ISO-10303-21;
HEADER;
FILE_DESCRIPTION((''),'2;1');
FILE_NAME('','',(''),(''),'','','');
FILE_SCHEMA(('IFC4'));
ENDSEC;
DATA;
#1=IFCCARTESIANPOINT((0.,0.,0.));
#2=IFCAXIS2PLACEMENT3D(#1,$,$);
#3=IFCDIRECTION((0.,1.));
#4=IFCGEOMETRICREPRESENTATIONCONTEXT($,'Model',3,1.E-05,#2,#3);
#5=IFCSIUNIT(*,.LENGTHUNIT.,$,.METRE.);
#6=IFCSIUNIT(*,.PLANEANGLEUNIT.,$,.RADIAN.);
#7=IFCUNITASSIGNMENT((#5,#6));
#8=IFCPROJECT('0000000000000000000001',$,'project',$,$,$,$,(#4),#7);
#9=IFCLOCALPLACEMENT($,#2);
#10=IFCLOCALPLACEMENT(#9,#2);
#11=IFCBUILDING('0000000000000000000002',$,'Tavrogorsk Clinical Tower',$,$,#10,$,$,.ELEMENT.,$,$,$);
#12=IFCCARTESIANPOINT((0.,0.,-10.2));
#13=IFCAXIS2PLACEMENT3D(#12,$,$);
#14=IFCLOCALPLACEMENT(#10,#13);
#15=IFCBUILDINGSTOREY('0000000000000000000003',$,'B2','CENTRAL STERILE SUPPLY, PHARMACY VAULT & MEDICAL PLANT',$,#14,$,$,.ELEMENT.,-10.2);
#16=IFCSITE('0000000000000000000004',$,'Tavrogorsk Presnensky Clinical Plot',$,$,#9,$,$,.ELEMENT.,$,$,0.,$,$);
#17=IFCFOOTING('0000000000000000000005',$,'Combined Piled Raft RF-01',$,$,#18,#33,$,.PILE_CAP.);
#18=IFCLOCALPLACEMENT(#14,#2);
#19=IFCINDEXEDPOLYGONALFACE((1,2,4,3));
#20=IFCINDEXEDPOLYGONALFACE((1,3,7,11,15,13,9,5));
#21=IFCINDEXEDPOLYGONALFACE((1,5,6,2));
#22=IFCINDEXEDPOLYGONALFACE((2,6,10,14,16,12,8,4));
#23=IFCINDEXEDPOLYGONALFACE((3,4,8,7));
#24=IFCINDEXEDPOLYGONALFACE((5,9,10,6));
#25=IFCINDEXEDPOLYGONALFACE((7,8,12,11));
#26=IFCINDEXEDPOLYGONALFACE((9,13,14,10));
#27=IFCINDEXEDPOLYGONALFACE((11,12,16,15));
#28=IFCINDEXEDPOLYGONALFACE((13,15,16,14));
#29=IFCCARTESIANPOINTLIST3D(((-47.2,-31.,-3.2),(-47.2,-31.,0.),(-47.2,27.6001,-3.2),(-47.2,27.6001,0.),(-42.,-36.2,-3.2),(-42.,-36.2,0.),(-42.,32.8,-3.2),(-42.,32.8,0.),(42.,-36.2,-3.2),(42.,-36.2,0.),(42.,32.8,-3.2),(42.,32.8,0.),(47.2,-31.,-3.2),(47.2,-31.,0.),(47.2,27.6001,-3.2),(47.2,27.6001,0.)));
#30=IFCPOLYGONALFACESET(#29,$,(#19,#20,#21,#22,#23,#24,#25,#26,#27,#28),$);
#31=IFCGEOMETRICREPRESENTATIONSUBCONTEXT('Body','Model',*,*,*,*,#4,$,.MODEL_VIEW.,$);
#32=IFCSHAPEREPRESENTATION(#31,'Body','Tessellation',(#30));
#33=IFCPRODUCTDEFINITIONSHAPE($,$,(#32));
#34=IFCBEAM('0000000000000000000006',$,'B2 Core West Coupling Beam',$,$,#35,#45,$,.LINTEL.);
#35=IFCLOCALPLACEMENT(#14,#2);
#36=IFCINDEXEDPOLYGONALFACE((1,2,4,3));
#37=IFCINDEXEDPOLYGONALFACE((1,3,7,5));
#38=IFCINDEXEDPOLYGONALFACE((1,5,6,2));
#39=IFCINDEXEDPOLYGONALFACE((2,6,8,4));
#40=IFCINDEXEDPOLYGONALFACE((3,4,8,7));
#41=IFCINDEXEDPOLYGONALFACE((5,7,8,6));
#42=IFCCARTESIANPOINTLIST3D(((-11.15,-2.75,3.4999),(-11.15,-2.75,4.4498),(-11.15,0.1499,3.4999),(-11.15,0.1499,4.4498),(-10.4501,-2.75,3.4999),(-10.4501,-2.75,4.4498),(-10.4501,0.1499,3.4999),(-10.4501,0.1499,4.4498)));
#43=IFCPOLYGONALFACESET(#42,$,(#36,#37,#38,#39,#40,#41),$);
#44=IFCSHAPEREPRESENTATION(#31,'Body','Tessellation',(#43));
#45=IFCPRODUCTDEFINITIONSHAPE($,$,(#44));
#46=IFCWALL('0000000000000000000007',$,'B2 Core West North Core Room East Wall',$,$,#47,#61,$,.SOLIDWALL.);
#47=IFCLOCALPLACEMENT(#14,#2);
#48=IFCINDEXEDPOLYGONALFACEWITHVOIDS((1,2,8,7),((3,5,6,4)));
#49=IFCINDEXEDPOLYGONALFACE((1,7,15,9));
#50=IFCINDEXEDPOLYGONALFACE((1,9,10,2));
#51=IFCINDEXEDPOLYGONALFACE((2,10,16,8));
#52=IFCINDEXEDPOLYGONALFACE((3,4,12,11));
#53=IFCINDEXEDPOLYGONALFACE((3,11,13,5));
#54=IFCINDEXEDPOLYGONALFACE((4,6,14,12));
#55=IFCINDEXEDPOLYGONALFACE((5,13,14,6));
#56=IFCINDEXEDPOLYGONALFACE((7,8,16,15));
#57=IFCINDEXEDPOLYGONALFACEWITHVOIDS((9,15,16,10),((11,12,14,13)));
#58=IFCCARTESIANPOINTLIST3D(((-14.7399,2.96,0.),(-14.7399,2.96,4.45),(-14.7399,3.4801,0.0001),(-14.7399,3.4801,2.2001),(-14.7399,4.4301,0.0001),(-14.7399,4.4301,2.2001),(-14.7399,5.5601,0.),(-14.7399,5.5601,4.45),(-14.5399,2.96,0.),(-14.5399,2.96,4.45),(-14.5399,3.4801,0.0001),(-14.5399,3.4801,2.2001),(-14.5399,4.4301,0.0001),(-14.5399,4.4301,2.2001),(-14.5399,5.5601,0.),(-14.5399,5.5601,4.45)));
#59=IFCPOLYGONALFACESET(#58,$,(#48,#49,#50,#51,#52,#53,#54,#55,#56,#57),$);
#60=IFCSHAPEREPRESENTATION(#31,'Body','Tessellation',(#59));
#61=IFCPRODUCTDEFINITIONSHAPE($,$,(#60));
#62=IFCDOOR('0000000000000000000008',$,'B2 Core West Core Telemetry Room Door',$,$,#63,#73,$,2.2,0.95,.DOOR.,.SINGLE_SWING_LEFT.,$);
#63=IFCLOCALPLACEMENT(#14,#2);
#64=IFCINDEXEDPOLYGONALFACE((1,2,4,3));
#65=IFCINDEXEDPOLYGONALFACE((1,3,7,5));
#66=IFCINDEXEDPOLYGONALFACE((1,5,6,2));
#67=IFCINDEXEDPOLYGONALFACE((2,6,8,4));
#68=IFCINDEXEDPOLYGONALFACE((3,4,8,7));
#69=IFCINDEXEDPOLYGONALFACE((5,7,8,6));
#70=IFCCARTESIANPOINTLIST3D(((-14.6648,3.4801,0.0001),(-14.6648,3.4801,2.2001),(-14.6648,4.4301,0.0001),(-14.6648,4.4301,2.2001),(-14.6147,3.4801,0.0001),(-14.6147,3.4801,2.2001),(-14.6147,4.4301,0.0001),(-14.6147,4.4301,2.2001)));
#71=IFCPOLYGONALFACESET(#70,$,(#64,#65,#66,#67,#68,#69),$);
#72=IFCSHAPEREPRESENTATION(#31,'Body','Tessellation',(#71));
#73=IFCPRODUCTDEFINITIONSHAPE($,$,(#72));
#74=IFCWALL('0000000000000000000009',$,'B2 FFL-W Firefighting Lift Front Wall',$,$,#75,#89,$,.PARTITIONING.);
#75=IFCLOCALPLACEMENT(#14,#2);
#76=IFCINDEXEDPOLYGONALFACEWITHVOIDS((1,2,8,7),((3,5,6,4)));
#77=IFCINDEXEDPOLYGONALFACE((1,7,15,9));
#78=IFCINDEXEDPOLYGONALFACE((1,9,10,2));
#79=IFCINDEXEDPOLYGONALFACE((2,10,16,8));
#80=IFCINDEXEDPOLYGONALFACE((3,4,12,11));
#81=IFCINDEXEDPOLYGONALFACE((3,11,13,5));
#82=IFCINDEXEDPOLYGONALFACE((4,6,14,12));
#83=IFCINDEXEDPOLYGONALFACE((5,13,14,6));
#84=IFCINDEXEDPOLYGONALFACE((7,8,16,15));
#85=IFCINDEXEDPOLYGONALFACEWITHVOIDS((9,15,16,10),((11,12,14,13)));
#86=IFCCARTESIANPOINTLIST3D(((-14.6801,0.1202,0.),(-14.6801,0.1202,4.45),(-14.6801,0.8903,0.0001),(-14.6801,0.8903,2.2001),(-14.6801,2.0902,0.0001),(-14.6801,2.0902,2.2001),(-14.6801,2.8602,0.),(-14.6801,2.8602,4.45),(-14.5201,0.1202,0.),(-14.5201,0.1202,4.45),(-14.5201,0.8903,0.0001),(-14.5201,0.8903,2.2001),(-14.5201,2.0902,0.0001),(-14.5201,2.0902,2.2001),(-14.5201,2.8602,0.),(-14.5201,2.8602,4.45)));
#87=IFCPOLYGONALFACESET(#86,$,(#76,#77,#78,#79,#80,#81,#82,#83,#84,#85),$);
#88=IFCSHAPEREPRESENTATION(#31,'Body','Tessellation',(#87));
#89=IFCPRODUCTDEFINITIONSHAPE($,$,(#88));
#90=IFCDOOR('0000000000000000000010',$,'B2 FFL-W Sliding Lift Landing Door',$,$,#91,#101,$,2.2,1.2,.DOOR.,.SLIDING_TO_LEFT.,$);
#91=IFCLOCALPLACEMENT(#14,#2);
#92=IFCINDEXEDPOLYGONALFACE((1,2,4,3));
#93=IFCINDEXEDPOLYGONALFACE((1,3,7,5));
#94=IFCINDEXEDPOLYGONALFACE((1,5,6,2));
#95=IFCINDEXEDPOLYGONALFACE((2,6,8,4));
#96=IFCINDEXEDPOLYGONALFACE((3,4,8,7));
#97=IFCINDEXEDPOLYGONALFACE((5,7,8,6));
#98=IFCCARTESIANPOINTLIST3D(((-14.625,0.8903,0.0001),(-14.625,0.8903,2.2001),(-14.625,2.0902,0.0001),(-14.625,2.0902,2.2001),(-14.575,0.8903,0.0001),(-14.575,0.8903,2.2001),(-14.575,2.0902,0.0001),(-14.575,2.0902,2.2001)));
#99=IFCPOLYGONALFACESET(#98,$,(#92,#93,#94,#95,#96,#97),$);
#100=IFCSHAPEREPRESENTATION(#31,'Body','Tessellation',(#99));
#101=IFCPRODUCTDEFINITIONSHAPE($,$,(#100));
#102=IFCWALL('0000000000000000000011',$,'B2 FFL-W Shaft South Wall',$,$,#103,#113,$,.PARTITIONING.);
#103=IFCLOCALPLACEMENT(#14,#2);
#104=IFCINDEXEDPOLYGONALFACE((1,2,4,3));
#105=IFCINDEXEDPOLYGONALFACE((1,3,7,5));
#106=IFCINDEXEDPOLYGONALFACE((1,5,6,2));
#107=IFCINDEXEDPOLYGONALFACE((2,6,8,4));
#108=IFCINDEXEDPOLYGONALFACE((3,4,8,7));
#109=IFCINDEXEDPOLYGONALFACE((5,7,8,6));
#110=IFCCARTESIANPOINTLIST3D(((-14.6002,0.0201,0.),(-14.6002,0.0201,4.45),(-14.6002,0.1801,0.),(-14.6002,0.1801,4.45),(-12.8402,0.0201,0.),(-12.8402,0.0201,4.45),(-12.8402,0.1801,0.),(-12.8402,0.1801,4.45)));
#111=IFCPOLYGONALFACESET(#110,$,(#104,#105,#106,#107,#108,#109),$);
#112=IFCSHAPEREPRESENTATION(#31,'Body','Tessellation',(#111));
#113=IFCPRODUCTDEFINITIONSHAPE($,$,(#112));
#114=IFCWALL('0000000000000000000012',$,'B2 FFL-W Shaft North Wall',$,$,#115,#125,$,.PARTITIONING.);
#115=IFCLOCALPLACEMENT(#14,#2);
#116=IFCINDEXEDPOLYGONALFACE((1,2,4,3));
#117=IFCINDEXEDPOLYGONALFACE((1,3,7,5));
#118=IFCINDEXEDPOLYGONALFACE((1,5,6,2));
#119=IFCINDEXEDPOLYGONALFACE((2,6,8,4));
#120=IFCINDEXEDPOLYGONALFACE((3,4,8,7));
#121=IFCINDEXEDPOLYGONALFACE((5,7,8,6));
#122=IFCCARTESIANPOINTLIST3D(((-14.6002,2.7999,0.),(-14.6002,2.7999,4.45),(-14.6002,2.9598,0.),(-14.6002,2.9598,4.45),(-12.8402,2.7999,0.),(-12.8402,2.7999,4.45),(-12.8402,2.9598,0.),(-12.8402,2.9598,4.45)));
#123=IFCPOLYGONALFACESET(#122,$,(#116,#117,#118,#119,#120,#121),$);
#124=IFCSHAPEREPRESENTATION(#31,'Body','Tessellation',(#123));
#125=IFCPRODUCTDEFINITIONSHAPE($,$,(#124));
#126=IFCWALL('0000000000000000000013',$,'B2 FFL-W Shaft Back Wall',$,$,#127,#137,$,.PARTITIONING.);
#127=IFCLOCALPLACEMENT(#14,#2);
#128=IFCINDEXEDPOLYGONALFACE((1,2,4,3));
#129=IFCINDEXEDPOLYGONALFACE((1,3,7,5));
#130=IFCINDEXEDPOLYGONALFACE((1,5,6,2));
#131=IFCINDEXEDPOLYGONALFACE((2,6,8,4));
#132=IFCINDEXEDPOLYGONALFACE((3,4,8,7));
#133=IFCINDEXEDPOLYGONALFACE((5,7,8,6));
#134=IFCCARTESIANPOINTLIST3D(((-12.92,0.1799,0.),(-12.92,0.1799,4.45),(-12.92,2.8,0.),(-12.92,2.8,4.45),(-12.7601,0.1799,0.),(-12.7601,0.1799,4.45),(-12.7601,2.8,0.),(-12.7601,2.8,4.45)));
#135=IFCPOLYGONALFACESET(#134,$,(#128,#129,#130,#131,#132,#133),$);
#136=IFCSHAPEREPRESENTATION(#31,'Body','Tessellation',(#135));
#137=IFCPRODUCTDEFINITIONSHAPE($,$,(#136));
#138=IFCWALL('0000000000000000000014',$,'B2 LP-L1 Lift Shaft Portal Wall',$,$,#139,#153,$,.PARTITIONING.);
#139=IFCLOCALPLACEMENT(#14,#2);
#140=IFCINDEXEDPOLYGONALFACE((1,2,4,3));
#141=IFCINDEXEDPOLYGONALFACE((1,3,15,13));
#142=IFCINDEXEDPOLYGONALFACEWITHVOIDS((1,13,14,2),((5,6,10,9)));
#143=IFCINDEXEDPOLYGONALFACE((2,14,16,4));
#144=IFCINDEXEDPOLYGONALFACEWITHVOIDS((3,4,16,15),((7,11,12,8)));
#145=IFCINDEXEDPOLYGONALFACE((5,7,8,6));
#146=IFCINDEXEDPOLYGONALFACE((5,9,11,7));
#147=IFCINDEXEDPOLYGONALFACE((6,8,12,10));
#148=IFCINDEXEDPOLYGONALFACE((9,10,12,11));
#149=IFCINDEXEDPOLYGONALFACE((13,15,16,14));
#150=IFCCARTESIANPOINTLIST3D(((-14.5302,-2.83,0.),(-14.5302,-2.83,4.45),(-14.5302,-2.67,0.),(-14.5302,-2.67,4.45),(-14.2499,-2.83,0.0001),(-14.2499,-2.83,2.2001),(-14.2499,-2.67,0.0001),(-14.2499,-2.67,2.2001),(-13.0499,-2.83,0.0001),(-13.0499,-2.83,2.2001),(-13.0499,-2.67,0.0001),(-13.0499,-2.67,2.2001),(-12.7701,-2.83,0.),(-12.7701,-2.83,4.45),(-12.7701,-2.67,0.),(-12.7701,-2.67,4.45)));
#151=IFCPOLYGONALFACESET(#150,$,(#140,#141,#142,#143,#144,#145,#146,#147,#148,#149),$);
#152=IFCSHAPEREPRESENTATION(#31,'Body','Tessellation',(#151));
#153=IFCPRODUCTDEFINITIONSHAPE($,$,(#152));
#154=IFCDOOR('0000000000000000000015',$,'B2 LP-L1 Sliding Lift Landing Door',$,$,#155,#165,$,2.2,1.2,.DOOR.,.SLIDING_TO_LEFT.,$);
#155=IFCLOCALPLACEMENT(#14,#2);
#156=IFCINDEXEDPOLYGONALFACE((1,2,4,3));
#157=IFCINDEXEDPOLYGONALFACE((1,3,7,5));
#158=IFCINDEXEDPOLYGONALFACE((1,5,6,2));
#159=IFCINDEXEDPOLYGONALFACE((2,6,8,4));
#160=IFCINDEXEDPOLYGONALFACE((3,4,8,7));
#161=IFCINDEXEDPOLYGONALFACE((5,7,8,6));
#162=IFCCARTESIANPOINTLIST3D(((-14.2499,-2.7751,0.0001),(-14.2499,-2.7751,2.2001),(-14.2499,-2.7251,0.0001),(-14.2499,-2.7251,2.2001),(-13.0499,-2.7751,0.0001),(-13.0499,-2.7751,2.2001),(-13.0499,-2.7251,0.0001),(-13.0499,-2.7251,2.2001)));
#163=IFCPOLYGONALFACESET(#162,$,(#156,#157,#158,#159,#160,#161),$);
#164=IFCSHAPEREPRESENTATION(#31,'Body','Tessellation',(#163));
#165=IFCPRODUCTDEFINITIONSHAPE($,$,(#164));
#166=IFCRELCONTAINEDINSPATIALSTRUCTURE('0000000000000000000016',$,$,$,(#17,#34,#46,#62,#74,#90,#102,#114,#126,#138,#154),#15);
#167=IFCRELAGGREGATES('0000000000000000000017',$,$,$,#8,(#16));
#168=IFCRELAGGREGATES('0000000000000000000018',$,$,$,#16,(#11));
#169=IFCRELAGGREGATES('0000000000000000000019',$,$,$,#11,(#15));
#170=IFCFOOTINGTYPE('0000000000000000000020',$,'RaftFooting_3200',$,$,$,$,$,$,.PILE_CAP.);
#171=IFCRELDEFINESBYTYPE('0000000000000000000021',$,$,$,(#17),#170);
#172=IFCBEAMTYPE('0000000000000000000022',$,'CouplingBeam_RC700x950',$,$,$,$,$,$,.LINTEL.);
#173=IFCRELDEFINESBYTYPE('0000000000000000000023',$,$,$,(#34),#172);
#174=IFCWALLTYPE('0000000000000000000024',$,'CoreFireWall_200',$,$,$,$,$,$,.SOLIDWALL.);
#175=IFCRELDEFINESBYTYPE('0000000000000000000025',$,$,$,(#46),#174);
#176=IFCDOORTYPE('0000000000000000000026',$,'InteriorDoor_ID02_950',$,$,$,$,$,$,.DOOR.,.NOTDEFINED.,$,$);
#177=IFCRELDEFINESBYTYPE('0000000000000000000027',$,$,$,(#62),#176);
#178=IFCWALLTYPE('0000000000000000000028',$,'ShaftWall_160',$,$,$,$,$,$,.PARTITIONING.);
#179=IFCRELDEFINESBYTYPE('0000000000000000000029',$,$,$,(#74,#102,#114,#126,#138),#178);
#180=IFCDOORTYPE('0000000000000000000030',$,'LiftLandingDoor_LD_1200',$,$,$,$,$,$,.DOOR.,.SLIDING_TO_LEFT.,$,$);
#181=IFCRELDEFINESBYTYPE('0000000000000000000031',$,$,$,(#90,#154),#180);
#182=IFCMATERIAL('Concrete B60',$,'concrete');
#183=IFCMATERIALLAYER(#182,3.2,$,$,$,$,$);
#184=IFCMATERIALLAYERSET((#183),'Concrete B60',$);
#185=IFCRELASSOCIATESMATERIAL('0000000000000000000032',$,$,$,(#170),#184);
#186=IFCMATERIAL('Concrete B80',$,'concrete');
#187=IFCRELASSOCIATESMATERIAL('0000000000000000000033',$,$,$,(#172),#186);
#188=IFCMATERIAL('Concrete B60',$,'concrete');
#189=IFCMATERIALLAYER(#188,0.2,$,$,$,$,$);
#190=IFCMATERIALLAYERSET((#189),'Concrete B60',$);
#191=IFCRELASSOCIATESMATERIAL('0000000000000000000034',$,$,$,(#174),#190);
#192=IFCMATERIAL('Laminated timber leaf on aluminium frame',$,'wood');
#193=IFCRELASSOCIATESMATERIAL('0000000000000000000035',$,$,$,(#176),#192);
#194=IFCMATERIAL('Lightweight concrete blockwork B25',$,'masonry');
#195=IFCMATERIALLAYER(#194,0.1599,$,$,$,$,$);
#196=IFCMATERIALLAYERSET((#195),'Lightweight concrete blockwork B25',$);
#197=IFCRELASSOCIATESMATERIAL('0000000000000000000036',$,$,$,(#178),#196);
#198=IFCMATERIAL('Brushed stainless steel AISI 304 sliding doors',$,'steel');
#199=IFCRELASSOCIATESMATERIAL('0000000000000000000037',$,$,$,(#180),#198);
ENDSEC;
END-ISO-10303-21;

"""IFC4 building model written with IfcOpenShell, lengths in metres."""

from ifc_helpers import new_model, si_unit, direction, frame, frame_2d, origin, origin_2d, place, context, subcontext, project, spatial, polyline, rectangle, outline, extrude, material, layer, layer_set, material_profile, profile_set, type_object, element, fill, save


model = new_model("IFC4")

# Units and contexts
model_context = context("Model", 3, precision=1e-05, world=origin(), true_north=direction((0.0, 1.0)))
body_context = subcontext(model_context, "Body", "Model", "MODEL_VIEW")
ifc_project = project(units=[si_unit("LENGTHUNIT", "METRE"), si_unit("PLANEANGLEUNIT", "RADIAN")], contexts=[model_context])

# Site, building, storey
site_placement = place(None, origin())
site = spatial("IfcSite", under=ifc_project, at=site_placement, Name="Tavrogorsk Presnensky Clinical Plot", CompositionType="ELEMENT", RefElevation=0.0)
building_placement = place(site_placement, origin())
building = spatial("IfcBuilding", under=site, at=building_placement, Name="Tavrogorsk Clinical Tower", CompositionType="ELEMENT")
storey_placement = place(building_placement, frame((0.0, 0.0, -10.2)))
storey = spatial("IfcBuildingStorey", under=building, at=storey_placement, Name="B2", Description="CENTRAL STERILE SUPPLY, PHARMACY VAULT & MEDICAL PLANT", CompositionType="ELEMENT", Elevation=-10.2)

# Footing
ifc_material_1 = material(Name="Concrete B60", Category="concrete")
ifc_layer_1 = layer(ifc_material_1, 3.2)
ifc_layer_set_1 = layer_set([ifc_layer_1], Name="Concrete B60")
footing_type = type_object("IfcFootingType", Name="RaftFooting_3200", PredefinedType="PILE_CAP", material=ifc_layer_set_1)
footing_placement = place(storey_placement, frame((0.0, 0.0, -3.2)))
element("IfcFooting", 1, at=footing_placement, inside=storey, type_object=footing_type, Name="Combined Piled Raft RF-01", PredefinedType="PILE_CAP", context=body_context, shape_type="SweptSolid", body=[
    extrude(outline(polyline([(-42.0, -36.2), (42.0, -36.2), (47.2, -31.0), (47.2, 27.6001), (42.0, 32.8), (-42.0, 32.8), (-47.2, 27.6001), (-47.2, -31.0), (-42.0, -36.2)])), origin(), (0.0, 0.0, 1.0), 3.2),
])

# Beam
ifc_material_2 = material(Name="Concrete B80", Category="concrete")
ifc_material_profile = material_profile(ifc_material_2, rectangle(XDim=0.7, YDim=0.95, at=origin_2d()), Name="RC-CB-700x950")
ifc_profile_set = profile_set([ifc_material_profile], Name="Concrete B80")
beam_type = type_object("IfcBeamType", Name="CouplingBeam_RC700x950", PredefinedType="LINTEL", material=ifc_profile_set)
beam_placement = place(storey_placement, frame((-10.8, -2.75, 3.9749), z_axis=(0.0, 1.0, 0.0), x_axis=(-1.0, 0.0, 0.0)))
element("IfcBeam", 2, at=beam_placement, inside=storey, type_object=beam_type, Name="B2 Core West Coupling Beam", PredefinedType="LINTEL", context=body_context, shape_type="SweptSolid", body=[
    extrude(rectangle(XDim=0.7, YDim=0.95, at=origin_2d()), origin(), (0.0, 0.0, 1.0), 2.8999),
])

# Walls, openings, doors
ifc_material_3 = material(Name="Concrete B60", Category="concrete")
ifc_layer_2 = layer(ifc_material_3, 0.2)
ifc_layer_set_2 = layer_set([ifc_layer_2], Name="Concrete B60")
wall_type_1 = type_object("IfcWallType", Name="CoreFireWall_200", PredefinedType="SOLIDWALL", material=ifc_layer_set_2)
wall_1_placement = place(storey_placement, frame((-14.6399, 2.96, 0.0), z_axis=(0.0, 0.0, 1.0), x_axis=(0.0, 1.0, 0.0)))
wall_1 = element("IfcWall", 3, at=wall_1_placement, inside=storey, type_object=wall_type_1, Name="B2 Core West North Core Room East Wall", PredefinedType="SOLIDWALL", context=body_context, shape_type="SweptSolid", body=[
    extrude(rectangle(XDim=2.6001, YDim=0.2, at=frame_2d((1.3, 0.0))), origin(), (0.0, 0.0, 1.0), 4.45),
])
opening_1_placement = place(wall_1_placement, frame((0.52, 0.0, 0.0)))
opening_1 = element("IfcOpeningElement", 4, at=opening_1_placement, cuts=wall_1, PredefinedType="OPENING", context=body_context, shape_type="SweptSolid", body=[
    extrude(rectangle(XDim=0.95, YDim=2.2, at=frame_2d((0.4751, 1.1001))), frame((0.0, 0.1099, 0.0), z_axis=(0.0, -1.0, 0.0), x_axis=(1.0, 0.0, 0.0)), (0.0, 0.0, 1.0), 0.22),
])
ifc_material_4 = material(Name="Laminated timber leaf on aluminium frame", Category="wood")
door_type_1 = type_object("IfcDoorType", Name="InteriorDoor_ID02_950", OperationType="NOTDEFINED", PredefinedType="DOOR", material=ifc_material_4)
door_1_placement = place(opening_1_placement, origin())
door_1 = element("IfcDoor", 5, at=door_1_placement, inside=storey, type_object=door_type_1, Name="B2 Core West Core Telemetry Room Door", OperationType="SINGLE_SWING_LEFT", OverallHeight=2.2, OverallWidth=0.95, PredefinedType="DOOR", context=body_context, shape_type="SweptSolid", body=[
    extrude(rectangle(XDim=0.95, YDim=2.2, at=frame_2d((0.4751, 1.1001))), frame((0.0, 0.0249, 0.0), z_axis=(0.0, -1.0, 0.0), x_axis=(1.0, 0.0, 0.0)), (0.0, 0.0, 1.0), 0.05),
])
fill(opening_1, door_1)
ifc_material_5 = material(Name="Lightweight concrete blockwork B25", Category="masonry")
ifc_layer_3 = layer(ifc_material_5, 0.1599)
ifc_layer_set_3 = layer_set([ifc_layer_3], Name="Lightweight concrete blockwork B25")
wall_type_2 = type_object("IfcWallType", Name="ShaftWall_160", PredefinedType="PARTITIONING", material=ifc_layer_set_3)
wall_2_placement = place(storey_placement, frame((-14.6001, 0.1201, 0.0), z_axis=(0.0, 0.0, 1.0), x_axis=(0.0, 1.0, 0.0)))
wall_2 = element("IfcWall", 6, at=wall_2_placement, inside=storey, type_object=wall_type_2, Name="B2 FFL-W Firefighting Lift Front Wall", PredefinedType="PARTITIONING", context=body_context, shape_type="SweptSolid", body=[
    extrude(rectangle(XDim=2.74, YDim=0.1599, at=frame_2d((1.3701, 0.0))), origin(), (0.0, 0.0, 1.0), 4.45),
])
opening_2_placement = place(wall_2_placement, frame((0.77, 0.0, 0.0)))
opening_2 = element("IfcOpeningElement", 7, at=opening_2_placement, cuts=wall_2, PredefinedType="OPENING", context=body_context, shape_type="SweptSolid", body=[
    extrude(rectangle(XDim=1.2, YDim=2.2, at=frame_2d((0.6001, 1.1001))), frame((0.0, 0.0898, 0.0), z_axis=(0.0, -1.0, 0.0), x_axis=(1.0, 0.0, 0.0)), (0.0, 0.0, 1.0), 0.1799),
])
ifc_material_6 = material(Name="Brushed stainless steel AISI 304 sliding doors", Category="steel")
door_type_2 = type_object("IfcDoorType", Name="LiftLandingDoor_LD_1200", OperationType="SLIDING_TO_LEFT", PredefinedType="DOOR", material=ifc_material_6)
door_2_placement = place(opening_2_placement, origin())
door_2 = element("IfcDoor", 8, at=door_2_placement, inside=storey, type_object=door_type_2, Name="B2 FFL-W Sliding Lift Landing Door", OperationType="SLIDING_TO_LEFT", OverallHeight=2.2, OverallWidth=1.2, PredefinedType="DOOR", context=body_context, shape_type="SweptSolid", body=[
    extrude(rectangle(XDim=1.2, YDim=2.2, at=frame_2d((0.6001, 1.1001))), frame((0.0, 0.0249, 0.0), z_axis=(0.0, -1.0, 0.0), x_axis=(1.0, 0.0, 0.0)), (0.0, 0.0, 1.0), 0.05),
])
fill(opening_2, door_2)

# Walls
for number, where, z_axis, x_axis, name in (
    (9, (-14.6001, 0.1001, 0.0), (0.0, 0.0, 1.0), (1.0, 0.0, 0.0), "B2 FFL-W Shaft South Wall"),
    (10, (-14.6001, 2.8799, 0.0), (0.0, 0.0, 1.0), (1.0, 0.0, 0.0), "B2 FFL-W Shaft North Wall"),
):
    element("IfcWall", number, at=place(storey_placement, frame(where, z_axis=z_axis, x_axis=x_axis)), inside=storey, type_object=wall_type_2, Name=name, PredefinedType="PARTITIONING", context=body_context, shape_type="SweptSolid", body=[
        extrude(rectangle(XDim=1.76, YDim=0.1599, at=frame_2d((0.8799, 0.0))), origin(), (0.0, 0.0, 1.0), 4.45),
    ])
wall_3_placement = place(storey_placement, frame((-12.8401, 0.1799, 0.0), z_axis=(0.0, 0.0, 1.0), x_axis=(0.0, 1.0, 0.0)))
element("IfcWall", 11, at=wall_3_placement, inside=storey, type_object=wall_type_2, Name="B2 FFL-W Shaft Back Wall", PredefinedType="PARTITIONING", context=body_context, shape_type="SweptSolid", body=[
    extrude(rectangle(XDim=2.6201, YDim=0.1599, at=frame_2d((1.3101, 0.0))), origin(), (0.0, 0.0, 1.0), 4.45),
])

# Wall, opening, door
wall_4_placement = place(storey_placement, frame((-14.53, -2.75, 0.0), z_axis=(0.0, 0.0, 1.0), x_axis=(1.0, 0.0, 0.0)))
wall_4 = element("IfcWall", 12, at=wall_4_placement, inside=storey, type_object=wall_type_2, Name="B2 LP-L1 Lift Shaft Portal Wall", PredefinedType="PARTITIONING", context=body_context, shape_type="SweptSolid", body=[
    extrude(rectangle(XDim=1.76, YDim=0.1599, at=frame_2d((0.8799, 0.0))), origin(), (0.0, 0.0, 1.0), 4.45),
])
opening_3_placement = place(wall_4_placement, frame((0.28, 0.0, 0.0)))
opening_3 = element("IfcOpeningElement", 13, at=opening_3_placement, cuts=wall_4, PredefinedType="OPENING", context=body_context, shape_type="SweptSolid", body=[
    extrude(rectangle(XDim=1.2, YDim=2.2, at=frame_2d((0.6001, 1.1001))), frame((0.0, 0.0898, 0.0), z_axis=(0.0, -1.0, 0.0), x_axis=(1.0, 0.0, 0.0)), (0.0, 0.0, 1.0), 0.1799),
])
door_3_placement = place(opening_3_placement, origin())
door_3 = element("IfcDoor", 14, at=door_3_placement, inside=storey, type_object=door_type_2, Name="B2 LP-L1 Sliding Lift Landing Door", OperationType="SLIDING_TO_LEFT", OverallHeight=2.2, OverallWidth=1.2, PredefinedType="DOOR", context=body_context, shape_type="SweptSolid", body=[
    extrude(rectangle(XDim=1.2, YDim=2.2, at=frame_2d((0.6001, 1.1001))), frame((0.0, 0.0249, 0.0), z_axis=(0.0, -1.0, 0.0), x_axis=(1.0, 0.0, 0.0)), (0.0, 0.0, 1.0), 0.05),
])
fill(opening_3, door_3)

save(model, "model.ifc")
